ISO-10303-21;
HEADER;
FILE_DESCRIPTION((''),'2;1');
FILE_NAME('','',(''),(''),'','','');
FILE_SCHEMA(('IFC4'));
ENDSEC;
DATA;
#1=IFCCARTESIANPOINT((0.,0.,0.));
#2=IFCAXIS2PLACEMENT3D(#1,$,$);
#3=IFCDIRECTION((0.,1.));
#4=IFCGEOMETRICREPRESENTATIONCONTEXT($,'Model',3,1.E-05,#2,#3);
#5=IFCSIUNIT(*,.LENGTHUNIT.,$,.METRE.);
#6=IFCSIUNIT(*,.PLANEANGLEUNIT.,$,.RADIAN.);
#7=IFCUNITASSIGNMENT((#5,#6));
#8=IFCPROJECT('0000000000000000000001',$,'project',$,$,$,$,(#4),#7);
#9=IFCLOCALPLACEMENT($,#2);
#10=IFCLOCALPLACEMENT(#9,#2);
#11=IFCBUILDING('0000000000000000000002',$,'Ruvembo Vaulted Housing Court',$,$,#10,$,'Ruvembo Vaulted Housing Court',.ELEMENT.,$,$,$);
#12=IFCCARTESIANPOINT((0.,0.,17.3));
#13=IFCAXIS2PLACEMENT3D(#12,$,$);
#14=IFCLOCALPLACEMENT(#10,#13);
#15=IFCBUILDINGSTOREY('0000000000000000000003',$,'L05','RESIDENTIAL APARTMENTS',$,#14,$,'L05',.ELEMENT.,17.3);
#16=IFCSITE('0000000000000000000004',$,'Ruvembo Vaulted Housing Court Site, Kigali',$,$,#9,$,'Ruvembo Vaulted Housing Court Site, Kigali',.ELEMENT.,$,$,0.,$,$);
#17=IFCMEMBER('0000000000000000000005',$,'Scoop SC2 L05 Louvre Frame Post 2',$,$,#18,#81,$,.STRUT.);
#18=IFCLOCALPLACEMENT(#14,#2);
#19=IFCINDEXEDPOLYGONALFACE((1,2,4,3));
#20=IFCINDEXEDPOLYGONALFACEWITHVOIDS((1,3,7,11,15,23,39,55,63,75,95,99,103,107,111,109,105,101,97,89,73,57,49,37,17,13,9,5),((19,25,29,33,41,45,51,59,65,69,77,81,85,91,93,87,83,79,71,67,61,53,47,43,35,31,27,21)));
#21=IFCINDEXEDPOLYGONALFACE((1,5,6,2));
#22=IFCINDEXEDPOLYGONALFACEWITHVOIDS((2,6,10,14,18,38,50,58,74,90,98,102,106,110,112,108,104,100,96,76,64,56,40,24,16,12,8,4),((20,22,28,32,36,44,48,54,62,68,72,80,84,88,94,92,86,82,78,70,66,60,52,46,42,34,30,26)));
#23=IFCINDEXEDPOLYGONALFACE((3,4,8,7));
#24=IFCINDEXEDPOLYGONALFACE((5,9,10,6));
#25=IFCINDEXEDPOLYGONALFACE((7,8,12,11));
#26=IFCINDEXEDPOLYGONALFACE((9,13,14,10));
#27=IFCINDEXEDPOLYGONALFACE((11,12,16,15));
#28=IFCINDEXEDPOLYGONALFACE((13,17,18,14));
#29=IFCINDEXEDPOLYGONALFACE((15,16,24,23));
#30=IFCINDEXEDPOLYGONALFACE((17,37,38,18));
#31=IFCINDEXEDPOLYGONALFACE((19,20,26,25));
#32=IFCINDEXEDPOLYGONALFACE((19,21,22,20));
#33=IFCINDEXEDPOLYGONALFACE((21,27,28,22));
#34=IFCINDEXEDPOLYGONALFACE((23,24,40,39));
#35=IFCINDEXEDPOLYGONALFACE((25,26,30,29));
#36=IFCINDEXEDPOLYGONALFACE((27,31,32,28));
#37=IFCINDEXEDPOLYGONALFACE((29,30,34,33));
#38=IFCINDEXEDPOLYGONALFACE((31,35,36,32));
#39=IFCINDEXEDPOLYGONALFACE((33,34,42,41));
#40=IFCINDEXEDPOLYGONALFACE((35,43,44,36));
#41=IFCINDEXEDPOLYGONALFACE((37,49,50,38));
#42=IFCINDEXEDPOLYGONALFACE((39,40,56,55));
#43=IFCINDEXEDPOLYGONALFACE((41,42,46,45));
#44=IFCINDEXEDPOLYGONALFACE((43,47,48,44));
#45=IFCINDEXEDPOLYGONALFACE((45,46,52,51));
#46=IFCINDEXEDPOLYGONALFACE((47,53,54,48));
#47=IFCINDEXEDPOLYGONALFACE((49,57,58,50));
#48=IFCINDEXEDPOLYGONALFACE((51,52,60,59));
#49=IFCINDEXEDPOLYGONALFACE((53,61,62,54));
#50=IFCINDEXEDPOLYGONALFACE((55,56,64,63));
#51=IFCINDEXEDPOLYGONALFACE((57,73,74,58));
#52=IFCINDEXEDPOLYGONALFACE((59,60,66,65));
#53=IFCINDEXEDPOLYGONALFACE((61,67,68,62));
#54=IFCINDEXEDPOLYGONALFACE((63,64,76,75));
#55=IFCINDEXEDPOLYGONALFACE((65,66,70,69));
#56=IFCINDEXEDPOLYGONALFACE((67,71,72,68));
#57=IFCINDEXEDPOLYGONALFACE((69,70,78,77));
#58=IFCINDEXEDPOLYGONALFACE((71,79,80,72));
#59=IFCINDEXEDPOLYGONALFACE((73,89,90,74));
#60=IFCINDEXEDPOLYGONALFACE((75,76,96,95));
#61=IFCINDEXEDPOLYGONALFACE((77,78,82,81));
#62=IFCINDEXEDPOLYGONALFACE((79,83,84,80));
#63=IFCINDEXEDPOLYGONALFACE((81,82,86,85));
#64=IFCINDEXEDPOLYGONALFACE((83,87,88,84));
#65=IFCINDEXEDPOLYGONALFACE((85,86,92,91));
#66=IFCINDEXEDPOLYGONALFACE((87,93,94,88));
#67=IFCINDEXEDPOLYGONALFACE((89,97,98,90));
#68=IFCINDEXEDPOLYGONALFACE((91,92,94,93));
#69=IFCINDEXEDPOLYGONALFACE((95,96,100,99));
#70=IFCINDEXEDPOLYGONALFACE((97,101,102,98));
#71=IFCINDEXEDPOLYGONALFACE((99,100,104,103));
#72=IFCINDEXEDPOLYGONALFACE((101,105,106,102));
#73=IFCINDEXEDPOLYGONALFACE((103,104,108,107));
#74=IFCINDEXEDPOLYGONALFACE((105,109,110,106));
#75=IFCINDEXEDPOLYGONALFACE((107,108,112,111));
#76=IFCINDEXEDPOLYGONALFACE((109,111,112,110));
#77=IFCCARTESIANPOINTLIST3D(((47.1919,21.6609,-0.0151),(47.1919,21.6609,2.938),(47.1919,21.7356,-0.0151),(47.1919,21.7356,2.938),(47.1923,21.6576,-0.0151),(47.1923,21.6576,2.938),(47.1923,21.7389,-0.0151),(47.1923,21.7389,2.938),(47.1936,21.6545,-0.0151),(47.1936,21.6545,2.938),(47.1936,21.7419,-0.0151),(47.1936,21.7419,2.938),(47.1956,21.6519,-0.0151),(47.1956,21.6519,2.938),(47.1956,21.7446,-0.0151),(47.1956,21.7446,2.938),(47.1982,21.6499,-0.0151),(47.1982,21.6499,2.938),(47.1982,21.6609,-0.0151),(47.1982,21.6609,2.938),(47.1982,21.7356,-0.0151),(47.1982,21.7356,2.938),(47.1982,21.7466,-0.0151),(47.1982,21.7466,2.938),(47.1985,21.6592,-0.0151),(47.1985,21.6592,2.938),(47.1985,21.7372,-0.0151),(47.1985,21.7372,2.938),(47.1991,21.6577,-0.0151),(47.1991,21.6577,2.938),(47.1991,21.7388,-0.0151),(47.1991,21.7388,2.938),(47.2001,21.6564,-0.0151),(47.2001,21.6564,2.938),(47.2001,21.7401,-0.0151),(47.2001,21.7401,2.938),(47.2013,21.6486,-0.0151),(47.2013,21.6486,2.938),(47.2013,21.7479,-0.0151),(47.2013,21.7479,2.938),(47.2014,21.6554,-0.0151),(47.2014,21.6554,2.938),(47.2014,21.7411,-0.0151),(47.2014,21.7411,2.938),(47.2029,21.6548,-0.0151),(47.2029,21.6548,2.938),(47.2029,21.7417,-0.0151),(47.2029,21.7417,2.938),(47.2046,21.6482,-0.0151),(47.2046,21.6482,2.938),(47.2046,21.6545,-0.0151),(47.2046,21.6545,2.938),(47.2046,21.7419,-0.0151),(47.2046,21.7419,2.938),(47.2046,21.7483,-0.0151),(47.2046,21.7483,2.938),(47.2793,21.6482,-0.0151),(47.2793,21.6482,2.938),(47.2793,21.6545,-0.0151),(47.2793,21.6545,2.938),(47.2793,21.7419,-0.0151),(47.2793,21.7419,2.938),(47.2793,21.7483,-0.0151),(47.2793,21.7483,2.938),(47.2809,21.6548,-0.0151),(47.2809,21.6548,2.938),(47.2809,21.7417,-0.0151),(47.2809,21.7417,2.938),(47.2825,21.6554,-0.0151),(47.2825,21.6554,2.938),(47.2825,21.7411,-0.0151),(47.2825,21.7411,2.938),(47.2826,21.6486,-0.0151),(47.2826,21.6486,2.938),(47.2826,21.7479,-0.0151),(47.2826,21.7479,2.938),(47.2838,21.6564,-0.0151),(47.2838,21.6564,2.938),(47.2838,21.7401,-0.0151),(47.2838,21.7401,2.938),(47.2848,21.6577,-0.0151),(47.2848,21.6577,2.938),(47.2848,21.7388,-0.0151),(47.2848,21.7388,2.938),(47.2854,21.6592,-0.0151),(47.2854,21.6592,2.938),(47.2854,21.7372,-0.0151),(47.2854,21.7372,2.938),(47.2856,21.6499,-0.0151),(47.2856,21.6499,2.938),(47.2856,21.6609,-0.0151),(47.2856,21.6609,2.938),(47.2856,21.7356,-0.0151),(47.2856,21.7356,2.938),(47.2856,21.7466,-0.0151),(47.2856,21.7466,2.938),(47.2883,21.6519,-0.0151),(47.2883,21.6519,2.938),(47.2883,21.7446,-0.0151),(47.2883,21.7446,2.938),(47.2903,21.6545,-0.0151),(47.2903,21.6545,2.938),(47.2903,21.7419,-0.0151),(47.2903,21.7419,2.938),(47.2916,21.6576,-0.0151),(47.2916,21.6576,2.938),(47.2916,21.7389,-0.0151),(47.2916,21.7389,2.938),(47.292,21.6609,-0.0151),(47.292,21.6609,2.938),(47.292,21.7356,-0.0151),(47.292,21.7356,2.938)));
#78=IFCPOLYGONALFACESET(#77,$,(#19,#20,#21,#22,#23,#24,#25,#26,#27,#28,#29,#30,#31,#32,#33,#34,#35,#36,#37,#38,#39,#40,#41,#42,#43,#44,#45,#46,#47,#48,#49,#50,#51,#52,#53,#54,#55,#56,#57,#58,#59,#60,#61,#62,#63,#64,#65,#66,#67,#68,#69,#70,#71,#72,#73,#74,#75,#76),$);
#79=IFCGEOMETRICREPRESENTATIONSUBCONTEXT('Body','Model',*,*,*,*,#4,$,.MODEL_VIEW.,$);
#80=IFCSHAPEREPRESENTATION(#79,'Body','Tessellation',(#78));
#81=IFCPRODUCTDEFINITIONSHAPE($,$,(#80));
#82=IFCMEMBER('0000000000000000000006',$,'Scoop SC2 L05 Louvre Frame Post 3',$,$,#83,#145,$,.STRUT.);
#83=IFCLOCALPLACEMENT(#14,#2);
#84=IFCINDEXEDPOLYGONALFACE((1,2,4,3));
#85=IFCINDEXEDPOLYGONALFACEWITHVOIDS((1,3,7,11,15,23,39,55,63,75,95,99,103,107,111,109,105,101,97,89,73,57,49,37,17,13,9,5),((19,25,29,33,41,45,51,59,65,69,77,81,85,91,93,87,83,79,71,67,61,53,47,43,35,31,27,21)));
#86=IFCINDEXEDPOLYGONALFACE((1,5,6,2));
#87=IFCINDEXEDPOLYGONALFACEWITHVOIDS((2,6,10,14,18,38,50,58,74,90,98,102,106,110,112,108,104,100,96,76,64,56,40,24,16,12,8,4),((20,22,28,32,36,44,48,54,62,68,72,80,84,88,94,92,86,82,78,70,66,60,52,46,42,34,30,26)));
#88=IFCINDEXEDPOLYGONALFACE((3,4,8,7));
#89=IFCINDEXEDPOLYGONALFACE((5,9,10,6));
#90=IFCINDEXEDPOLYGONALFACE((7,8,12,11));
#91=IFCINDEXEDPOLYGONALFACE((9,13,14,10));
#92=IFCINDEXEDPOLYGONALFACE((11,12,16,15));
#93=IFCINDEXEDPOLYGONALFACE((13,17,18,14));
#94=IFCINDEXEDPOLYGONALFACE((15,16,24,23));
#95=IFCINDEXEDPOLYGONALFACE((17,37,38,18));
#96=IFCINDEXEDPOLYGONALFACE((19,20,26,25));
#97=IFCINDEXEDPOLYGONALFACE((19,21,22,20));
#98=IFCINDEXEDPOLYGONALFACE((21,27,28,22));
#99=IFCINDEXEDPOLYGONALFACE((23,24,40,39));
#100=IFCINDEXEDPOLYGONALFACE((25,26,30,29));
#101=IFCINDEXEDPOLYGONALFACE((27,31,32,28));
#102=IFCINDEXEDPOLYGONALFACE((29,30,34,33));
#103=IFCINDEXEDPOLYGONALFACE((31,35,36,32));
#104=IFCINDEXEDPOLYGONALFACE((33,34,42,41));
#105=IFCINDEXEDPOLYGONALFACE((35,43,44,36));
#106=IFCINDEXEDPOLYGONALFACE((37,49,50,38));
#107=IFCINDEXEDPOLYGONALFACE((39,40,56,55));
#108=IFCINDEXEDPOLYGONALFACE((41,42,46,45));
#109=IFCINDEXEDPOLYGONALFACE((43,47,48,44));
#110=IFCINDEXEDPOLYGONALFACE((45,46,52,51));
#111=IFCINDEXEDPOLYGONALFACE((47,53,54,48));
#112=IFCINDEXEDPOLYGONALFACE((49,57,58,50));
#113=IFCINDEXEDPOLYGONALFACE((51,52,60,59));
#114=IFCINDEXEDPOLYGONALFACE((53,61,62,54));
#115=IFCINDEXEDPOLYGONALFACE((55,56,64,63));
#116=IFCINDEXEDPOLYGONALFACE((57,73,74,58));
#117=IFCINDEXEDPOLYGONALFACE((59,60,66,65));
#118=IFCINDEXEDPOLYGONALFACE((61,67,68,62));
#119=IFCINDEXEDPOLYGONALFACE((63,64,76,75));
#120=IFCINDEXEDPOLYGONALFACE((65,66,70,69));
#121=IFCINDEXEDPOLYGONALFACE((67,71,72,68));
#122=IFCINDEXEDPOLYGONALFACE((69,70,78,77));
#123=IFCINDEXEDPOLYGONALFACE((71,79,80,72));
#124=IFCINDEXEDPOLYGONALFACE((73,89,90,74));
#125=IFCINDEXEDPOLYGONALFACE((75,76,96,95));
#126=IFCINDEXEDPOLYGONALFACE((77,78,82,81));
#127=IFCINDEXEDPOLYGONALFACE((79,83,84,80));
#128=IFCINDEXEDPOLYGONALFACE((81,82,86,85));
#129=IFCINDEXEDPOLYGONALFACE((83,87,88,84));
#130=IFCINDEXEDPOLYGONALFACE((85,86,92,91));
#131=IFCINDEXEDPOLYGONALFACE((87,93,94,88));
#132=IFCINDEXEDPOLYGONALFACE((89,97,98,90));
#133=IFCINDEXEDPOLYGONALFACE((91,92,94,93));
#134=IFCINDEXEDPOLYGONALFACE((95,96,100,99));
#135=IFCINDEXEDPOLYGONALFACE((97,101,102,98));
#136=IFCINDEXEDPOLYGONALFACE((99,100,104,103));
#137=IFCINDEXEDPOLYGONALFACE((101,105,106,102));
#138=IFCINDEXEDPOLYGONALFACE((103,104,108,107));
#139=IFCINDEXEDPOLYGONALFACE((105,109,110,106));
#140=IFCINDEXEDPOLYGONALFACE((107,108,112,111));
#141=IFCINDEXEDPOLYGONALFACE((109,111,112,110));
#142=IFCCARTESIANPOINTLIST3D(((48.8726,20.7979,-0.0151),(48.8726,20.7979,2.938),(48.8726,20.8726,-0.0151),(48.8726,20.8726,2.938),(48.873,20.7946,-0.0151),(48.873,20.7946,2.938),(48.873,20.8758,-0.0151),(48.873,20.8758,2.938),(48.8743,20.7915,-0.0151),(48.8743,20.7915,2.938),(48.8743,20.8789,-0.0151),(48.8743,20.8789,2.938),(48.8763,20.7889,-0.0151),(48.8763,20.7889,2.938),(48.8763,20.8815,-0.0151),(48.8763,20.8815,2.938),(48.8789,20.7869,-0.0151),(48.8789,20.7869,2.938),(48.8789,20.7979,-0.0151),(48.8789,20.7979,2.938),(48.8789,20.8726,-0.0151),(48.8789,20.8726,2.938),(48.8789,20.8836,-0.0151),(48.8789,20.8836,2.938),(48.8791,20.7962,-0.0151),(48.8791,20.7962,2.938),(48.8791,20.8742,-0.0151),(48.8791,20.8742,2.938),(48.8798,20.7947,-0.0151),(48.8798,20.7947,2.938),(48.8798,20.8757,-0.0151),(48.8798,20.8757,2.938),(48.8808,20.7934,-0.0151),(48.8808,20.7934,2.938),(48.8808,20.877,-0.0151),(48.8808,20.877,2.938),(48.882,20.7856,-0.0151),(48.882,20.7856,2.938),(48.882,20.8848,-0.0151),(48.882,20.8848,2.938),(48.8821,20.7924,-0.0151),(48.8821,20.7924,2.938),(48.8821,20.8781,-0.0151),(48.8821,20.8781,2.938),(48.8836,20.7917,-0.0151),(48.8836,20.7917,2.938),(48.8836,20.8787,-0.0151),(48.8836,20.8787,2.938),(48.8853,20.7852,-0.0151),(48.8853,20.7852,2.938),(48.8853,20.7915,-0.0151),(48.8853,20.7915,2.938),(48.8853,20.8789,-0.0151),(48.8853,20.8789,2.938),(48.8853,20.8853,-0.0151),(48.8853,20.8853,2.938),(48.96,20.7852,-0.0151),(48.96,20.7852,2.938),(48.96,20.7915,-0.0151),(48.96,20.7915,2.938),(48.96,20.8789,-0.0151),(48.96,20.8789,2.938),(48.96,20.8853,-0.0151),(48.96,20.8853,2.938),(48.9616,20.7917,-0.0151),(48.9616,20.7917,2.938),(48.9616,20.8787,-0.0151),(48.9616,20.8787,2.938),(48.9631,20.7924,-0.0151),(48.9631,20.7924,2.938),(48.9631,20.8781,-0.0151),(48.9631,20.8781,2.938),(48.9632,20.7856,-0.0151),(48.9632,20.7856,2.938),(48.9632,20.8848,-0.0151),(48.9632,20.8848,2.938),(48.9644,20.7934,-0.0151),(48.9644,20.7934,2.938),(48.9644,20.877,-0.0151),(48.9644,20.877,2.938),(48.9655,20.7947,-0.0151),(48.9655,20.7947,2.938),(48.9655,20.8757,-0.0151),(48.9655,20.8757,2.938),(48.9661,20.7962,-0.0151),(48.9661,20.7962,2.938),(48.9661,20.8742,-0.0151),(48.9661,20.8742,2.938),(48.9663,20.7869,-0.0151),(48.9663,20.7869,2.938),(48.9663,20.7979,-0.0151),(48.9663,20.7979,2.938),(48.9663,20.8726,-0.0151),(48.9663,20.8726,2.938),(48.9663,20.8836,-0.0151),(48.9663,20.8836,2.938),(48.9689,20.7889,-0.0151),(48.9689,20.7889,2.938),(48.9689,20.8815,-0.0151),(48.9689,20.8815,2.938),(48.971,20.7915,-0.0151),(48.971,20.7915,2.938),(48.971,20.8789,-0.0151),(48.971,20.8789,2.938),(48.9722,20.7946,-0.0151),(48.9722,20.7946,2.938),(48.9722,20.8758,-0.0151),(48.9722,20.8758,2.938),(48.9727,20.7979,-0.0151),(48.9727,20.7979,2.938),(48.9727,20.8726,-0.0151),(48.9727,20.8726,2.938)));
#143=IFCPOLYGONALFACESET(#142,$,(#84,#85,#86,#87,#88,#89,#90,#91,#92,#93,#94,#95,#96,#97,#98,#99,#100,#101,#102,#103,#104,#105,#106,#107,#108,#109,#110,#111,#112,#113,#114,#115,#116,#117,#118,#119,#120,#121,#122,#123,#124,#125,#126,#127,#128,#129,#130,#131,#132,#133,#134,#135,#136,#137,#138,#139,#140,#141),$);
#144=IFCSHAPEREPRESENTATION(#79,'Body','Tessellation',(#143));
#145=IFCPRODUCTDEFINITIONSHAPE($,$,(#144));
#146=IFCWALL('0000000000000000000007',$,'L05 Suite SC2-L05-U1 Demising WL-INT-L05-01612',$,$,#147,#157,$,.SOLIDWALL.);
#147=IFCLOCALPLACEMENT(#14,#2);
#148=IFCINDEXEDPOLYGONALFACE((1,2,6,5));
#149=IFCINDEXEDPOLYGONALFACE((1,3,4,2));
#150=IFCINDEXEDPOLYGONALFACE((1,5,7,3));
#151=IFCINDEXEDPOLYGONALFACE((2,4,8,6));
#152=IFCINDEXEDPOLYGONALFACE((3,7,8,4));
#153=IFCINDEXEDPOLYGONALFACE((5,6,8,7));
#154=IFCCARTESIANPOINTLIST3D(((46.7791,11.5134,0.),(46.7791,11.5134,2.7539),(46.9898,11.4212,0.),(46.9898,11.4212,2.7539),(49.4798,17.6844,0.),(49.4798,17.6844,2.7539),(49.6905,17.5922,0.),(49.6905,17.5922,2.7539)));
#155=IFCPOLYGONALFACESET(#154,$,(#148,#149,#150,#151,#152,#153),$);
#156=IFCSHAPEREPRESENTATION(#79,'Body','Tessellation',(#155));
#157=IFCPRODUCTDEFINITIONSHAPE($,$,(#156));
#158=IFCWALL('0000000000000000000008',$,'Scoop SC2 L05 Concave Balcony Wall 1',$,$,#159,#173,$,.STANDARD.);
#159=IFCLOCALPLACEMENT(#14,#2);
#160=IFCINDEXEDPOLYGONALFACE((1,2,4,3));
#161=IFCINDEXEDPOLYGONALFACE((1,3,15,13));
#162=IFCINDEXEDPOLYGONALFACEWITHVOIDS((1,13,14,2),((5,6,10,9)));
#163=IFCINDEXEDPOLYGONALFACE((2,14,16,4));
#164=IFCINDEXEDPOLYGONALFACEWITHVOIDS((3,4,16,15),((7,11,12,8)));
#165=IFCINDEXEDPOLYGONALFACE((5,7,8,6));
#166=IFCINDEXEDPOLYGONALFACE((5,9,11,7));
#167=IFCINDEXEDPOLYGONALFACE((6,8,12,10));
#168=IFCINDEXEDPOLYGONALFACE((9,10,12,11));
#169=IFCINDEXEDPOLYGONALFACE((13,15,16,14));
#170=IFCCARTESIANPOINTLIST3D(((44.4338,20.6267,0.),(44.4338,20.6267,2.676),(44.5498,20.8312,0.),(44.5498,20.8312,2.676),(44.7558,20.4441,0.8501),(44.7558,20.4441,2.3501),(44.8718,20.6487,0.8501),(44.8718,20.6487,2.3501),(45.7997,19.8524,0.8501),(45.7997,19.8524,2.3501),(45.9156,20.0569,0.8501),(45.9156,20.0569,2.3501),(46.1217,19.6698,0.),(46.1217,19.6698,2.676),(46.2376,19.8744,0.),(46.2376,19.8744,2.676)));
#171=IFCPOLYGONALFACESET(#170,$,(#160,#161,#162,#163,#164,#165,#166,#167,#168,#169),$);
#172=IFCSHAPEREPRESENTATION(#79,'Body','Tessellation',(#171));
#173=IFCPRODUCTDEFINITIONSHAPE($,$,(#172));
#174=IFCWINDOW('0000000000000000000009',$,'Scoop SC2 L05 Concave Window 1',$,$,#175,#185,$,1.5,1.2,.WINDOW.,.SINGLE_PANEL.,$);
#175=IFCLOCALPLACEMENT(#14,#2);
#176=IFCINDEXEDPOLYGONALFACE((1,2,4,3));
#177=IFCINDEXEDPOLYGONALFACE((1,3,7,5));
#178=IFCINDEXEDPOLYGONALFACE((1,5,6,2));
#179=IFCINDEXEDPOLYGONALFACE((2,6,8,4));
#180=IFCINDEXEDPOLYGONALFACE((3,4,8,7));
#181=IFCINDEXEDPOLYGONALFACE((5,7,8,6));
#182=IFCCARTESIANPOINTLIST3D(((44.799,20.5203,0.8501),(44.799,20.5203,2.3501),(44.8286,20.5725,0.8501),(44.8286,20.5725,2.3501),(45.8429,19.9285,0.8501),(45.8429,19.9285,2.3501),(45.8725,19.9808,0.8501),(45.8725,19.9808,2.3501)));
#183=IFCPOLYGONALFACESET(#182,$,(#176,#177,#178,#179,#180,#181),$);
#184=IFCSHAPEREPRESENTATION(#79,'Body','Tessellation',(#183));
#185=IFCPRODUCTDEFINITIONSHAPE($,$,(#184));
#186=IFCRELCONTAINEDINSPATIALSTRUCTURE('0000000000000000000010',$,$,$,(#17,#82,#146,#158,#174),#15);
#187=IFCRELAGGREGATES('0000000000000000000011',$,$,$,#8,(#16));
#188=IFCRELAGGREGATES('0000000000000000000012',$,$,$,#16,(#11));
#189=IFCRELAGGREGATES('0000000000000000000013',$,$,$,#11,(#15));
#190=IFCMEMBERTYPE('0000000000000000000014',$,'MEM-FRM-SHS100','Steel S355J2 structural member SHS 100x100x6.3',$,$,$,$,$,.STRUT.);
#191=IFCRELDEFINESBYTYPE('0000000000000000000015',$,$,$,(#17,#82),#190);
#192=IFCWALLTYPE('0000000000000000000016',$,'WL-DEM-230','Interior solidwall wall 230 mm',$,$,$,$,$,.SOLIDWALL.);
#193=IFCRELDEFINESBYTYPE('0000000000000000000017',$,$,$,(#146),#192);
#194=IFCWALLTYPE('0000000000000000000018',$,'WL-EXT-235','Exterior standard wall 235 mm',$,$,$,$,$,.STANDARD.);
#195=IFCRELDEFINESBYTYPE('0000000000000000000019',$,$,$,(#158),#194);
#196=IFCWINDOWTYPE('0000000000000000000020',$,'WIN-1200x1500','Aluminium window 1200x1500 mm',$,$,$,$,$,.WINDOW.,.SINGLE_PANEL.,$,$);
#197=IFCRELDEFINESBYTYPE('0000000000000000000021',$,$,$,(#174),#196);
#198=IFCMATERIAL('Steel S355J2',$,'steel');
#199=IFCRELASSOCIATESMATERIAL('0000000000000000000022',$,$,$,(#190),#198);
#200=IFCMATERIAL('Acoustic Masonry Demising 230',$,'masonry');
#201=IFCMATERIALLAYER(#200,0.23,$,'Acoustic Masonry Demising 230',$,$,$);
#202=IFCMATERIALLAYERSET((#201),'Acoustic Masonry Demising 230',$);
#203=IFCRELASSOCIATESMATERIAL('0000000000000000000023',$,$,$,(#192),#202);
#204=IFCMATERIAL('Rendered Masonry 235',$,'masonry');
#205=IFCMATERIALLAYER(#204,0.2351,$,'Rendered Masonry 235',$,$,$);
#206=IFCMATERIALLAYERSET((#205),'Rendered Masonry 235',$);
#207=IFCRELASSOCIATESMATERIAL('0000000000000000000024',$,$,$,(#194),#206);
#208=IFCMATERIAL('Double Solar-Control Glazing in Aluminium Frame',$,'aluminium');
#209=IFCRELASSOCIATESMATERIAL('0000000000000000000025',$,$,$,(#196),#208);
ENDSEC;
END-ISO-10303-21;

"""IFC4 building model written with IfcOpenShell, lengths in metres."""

from ifc_helpers import new_model, si_unit, direction, frame, frame_2d, origin, origin_2d, place, context, subcontext, project, spatial, rectangle, hollow_rectangle, extrude, material, layer, layer_set, material_profile, profile_set, type_object, element, fill, save


model = new_model("IFC4")

# Units and contexts
model_context = context("Model", 3, precision=1e-05, world=origin(), true_north=direction((0.0, 1.0)))
body_context = subcontext(model_context, "Body", "Model", "MODEL_VIEW")
ifc_project = project(units=[si_unit("LENGTHUNIT", "METRE"), si_unit("PLANEANGLEUNIT", "RADIAN")], contexts=[model_context])

# Site, building, storey
site_placement = place(None, origin())
site = spatial("IfcSite", under=ifc_project, at=site_placement, Name="Ruvembo Vaulted Housing Court Site, Kigali", LongName="Ruvembo Vaulted Housing Court Site, Kigali", CompositionType="ELEMENT", RefElevation=0.0)
building_placement = place(site_placement, origin())
building = spatial("IfcBuilding", under=site, at=building_placement, Name="Ruvembo Vaulted Housing Court", LongName="Ruvembo Vaulted Housing Court", CompositionType="ELEMENT")
storey_placement = place(building_placement, frame((0.0, 0.0, 17.3)))
storey = spatial("IfcBuildingStorey", under=building, at=storey_placement, Name="L05", Description="RESIDENTIAL APARTMENTS", LongName="L05", CompositionType="ELEMENT", Elevation=17.3)

# Shared definitions
ifc_material_1 = material(Name="Steel S355J2", Category="steel")

# Members
ifc_material_profile_1 = material_profile(ifc_material_1, hollow_rectangle(XDim=0.1001, YDim=0.1001, WallThickness=0.0063, InnerFilletRadius=0.0063, OuterFilletRadius=0.0127, at=origin_2d()), Name="SHS 100x100x6.3")
ifc_profile_set_1 = profile_set([ifc_material_profile_1], Name="Steel S355J2")
member_type_1 = type_object("IfcMemberType", Name="MEM-FRM-SHS100", Description="Steel S355J2 structural member SHS 100x100x6.3", PredefinedType="STRUT", material=ifc_profile_set_1)
for number, where, z_axis, x_axis, name in (
    (1, (47.2419, 21.6982, -0.0151), (0.0, 0.0, 1.0), (1.0, 0.0, 0.0), "Scoop SC2 L05 Louvre Frame Post 2"),
    (2, (48.9226, 20.8352, -0.0151), (0.0, 0.0, 1.0), (1.0, 0.0, 0.0), "Scoop SC2 L05 Louvre Frame Post 3"),
):
    element("IfcMember", number, at=place(storey_placement, frame(where, z_axis=z_axis, x_axis=x_axis)), inside=storey, type_object=member_type_1, Name=name, PredefinedType="STRUT", context=body_context, shape_type="SweptSolid", body=[
        extrude(hollow_rectangle(XDim=0.1001, YDim=0.1001, WallThickness=0.0063, InnerFilletRadius=0.0063, OuterFilletRadius=0.0127, at=origin_2d()), origin(), (0.0, 0.0, 1.0), 2.9531),
    ])

# Wall
ifc_material_2 = material(Name="Acoustic Masonry Demising 230", Category="masonry")
ifc_layer_1 = layer(ifc_material_2, 0.23, Name="Acoustic Masonry Demising 230")
ifc_layer_set_1 = layer_set([ifc_layer_1], Name="Acoustic Masonry Demising 230")
wall_type_1 = type_object("IfcWallType", Name="WL-DEM-230", Description="Interior solidwall wall 230 mm", PredefinedType="SOLIDWALL", material=ifc_layer_set_1)
wall_1_placement = place(storey_placement, frame((49.5852, 17.6384, 0.0), z_axis=(0.0, 0.0, 1.0), x_axis=(-0.400933, -0.916107, 0.0)))
element("IfcWall", 3, at=wall_1_placement, inside=storey, type_object=wall_type_1, Name="L05 Suite SC2-L05-U1 Demising WL-INT-L05-01612", PredefinedType="SOLIDWALL", context=body_context, shape_type="SweptSolid", body=[
    extrude(rectangle(XDim=6.7361, YDim=0.23, at=frame_2d((3.3682, 0.0))), origin(), (0.0, 0.0, 1.0), 2.7539),
])

# Wall, opening, window
ifc_material_3 = material(Name="Rendered Masonry 235", Category="masonry")
ifc_layer_2 = layer(ifc_material_3, 0.2351, Name="Rendered Masonry 235")
ifc_layer_set_2 = layer_set([ifc_layer_2], Name="Rendered Masonry 235")
wall_type_2 = type_object("IfcWallType", Name="WL-EXT-235", Description="Exterior standard wall 235 mm", PredefinedType="STANDARD", material=ifc_layer_set_2)
wall_2_placement = place(storey_placement, frame((44.4917, 20.729, 0.0), z_axis=(0.0, 0.0, 1.0), x_axis=(0.869934, -0.493168, 0.0)))
wall_2 = element("IfcWall", 4, at=wall_2_placement, inside=storey, type_object=wall_type_2, Name="Scoop SC2 L05 Concave Balcony Wall 1", PredefinedType="STANDARD", context=body_context, shape_type="SweptSolid", body=[
    extrude(rectangle(XDim=1.9402, YDim=0.2351, at=frame_2d((0.9702, 0.0))), origin(), (0.0, 0.0, 1.0), 2.676),
])
opening_1_placement = place(wall_2_placement, frame((0.3701, 0.0, 0.8501)))
opening_1 = element("IfcOpeningElement", 5, at=opening_1_placement, cuts=wall_2, PredefinedType="OPENING", context=body_context, shape_type="SweptSolid", body=[
    extrude(rectangle(XDim=1.2, YDim=1.5, at=frame_2d((0.6001, 0.75))), frame((0.0, 0.1274, 0.0), z_axis=(0.0, -1.0, 0.0), x_axis=(1.0, 0.0, 0.0)), (0.0, 0.0, 1.0), 0.2551),
])
ifc_material_4 = material(Name="Double Solar-Control Glazing in Aluminium Frame", Category="aluminium")
window_type_1 = type_object("IfcWindowType", Name="WIN-1200x1500", Description="Aluminium window 1200x1500 mm", PartitioningType="SINGLE_PANEL", PredefinedType="WINDOW", material=ifc_material_4)
window_1_placement = place(opening_1_placement, origin())
window_1 = element("IfcWindow", 6, at=window_1_placement, inside=storey, type_object=window_type_1, Name="Scoop SC2 L05 Concave Window 1", OverallHeight=1.5, OverallWidth=1.2, PartitioningType="SINGLE_PANEL", PredefinedType="WINDOW", context=body_context, shape_type="SweptSolid", body=[
    extrude(rectangle(XDim=1.2, YDim=1.5, at=frame_2d((0.6001, 0.75))), frame((0.0, 0.03, 0.0), z_axis=(0.0, -1.0, 0.0), x_axis=(1.0, 0.0, 0.0)), (0.0, 0.0, 1.0), 0.0601),
])
fill(opening_1, window_1)

save(model, "model.ifc")
